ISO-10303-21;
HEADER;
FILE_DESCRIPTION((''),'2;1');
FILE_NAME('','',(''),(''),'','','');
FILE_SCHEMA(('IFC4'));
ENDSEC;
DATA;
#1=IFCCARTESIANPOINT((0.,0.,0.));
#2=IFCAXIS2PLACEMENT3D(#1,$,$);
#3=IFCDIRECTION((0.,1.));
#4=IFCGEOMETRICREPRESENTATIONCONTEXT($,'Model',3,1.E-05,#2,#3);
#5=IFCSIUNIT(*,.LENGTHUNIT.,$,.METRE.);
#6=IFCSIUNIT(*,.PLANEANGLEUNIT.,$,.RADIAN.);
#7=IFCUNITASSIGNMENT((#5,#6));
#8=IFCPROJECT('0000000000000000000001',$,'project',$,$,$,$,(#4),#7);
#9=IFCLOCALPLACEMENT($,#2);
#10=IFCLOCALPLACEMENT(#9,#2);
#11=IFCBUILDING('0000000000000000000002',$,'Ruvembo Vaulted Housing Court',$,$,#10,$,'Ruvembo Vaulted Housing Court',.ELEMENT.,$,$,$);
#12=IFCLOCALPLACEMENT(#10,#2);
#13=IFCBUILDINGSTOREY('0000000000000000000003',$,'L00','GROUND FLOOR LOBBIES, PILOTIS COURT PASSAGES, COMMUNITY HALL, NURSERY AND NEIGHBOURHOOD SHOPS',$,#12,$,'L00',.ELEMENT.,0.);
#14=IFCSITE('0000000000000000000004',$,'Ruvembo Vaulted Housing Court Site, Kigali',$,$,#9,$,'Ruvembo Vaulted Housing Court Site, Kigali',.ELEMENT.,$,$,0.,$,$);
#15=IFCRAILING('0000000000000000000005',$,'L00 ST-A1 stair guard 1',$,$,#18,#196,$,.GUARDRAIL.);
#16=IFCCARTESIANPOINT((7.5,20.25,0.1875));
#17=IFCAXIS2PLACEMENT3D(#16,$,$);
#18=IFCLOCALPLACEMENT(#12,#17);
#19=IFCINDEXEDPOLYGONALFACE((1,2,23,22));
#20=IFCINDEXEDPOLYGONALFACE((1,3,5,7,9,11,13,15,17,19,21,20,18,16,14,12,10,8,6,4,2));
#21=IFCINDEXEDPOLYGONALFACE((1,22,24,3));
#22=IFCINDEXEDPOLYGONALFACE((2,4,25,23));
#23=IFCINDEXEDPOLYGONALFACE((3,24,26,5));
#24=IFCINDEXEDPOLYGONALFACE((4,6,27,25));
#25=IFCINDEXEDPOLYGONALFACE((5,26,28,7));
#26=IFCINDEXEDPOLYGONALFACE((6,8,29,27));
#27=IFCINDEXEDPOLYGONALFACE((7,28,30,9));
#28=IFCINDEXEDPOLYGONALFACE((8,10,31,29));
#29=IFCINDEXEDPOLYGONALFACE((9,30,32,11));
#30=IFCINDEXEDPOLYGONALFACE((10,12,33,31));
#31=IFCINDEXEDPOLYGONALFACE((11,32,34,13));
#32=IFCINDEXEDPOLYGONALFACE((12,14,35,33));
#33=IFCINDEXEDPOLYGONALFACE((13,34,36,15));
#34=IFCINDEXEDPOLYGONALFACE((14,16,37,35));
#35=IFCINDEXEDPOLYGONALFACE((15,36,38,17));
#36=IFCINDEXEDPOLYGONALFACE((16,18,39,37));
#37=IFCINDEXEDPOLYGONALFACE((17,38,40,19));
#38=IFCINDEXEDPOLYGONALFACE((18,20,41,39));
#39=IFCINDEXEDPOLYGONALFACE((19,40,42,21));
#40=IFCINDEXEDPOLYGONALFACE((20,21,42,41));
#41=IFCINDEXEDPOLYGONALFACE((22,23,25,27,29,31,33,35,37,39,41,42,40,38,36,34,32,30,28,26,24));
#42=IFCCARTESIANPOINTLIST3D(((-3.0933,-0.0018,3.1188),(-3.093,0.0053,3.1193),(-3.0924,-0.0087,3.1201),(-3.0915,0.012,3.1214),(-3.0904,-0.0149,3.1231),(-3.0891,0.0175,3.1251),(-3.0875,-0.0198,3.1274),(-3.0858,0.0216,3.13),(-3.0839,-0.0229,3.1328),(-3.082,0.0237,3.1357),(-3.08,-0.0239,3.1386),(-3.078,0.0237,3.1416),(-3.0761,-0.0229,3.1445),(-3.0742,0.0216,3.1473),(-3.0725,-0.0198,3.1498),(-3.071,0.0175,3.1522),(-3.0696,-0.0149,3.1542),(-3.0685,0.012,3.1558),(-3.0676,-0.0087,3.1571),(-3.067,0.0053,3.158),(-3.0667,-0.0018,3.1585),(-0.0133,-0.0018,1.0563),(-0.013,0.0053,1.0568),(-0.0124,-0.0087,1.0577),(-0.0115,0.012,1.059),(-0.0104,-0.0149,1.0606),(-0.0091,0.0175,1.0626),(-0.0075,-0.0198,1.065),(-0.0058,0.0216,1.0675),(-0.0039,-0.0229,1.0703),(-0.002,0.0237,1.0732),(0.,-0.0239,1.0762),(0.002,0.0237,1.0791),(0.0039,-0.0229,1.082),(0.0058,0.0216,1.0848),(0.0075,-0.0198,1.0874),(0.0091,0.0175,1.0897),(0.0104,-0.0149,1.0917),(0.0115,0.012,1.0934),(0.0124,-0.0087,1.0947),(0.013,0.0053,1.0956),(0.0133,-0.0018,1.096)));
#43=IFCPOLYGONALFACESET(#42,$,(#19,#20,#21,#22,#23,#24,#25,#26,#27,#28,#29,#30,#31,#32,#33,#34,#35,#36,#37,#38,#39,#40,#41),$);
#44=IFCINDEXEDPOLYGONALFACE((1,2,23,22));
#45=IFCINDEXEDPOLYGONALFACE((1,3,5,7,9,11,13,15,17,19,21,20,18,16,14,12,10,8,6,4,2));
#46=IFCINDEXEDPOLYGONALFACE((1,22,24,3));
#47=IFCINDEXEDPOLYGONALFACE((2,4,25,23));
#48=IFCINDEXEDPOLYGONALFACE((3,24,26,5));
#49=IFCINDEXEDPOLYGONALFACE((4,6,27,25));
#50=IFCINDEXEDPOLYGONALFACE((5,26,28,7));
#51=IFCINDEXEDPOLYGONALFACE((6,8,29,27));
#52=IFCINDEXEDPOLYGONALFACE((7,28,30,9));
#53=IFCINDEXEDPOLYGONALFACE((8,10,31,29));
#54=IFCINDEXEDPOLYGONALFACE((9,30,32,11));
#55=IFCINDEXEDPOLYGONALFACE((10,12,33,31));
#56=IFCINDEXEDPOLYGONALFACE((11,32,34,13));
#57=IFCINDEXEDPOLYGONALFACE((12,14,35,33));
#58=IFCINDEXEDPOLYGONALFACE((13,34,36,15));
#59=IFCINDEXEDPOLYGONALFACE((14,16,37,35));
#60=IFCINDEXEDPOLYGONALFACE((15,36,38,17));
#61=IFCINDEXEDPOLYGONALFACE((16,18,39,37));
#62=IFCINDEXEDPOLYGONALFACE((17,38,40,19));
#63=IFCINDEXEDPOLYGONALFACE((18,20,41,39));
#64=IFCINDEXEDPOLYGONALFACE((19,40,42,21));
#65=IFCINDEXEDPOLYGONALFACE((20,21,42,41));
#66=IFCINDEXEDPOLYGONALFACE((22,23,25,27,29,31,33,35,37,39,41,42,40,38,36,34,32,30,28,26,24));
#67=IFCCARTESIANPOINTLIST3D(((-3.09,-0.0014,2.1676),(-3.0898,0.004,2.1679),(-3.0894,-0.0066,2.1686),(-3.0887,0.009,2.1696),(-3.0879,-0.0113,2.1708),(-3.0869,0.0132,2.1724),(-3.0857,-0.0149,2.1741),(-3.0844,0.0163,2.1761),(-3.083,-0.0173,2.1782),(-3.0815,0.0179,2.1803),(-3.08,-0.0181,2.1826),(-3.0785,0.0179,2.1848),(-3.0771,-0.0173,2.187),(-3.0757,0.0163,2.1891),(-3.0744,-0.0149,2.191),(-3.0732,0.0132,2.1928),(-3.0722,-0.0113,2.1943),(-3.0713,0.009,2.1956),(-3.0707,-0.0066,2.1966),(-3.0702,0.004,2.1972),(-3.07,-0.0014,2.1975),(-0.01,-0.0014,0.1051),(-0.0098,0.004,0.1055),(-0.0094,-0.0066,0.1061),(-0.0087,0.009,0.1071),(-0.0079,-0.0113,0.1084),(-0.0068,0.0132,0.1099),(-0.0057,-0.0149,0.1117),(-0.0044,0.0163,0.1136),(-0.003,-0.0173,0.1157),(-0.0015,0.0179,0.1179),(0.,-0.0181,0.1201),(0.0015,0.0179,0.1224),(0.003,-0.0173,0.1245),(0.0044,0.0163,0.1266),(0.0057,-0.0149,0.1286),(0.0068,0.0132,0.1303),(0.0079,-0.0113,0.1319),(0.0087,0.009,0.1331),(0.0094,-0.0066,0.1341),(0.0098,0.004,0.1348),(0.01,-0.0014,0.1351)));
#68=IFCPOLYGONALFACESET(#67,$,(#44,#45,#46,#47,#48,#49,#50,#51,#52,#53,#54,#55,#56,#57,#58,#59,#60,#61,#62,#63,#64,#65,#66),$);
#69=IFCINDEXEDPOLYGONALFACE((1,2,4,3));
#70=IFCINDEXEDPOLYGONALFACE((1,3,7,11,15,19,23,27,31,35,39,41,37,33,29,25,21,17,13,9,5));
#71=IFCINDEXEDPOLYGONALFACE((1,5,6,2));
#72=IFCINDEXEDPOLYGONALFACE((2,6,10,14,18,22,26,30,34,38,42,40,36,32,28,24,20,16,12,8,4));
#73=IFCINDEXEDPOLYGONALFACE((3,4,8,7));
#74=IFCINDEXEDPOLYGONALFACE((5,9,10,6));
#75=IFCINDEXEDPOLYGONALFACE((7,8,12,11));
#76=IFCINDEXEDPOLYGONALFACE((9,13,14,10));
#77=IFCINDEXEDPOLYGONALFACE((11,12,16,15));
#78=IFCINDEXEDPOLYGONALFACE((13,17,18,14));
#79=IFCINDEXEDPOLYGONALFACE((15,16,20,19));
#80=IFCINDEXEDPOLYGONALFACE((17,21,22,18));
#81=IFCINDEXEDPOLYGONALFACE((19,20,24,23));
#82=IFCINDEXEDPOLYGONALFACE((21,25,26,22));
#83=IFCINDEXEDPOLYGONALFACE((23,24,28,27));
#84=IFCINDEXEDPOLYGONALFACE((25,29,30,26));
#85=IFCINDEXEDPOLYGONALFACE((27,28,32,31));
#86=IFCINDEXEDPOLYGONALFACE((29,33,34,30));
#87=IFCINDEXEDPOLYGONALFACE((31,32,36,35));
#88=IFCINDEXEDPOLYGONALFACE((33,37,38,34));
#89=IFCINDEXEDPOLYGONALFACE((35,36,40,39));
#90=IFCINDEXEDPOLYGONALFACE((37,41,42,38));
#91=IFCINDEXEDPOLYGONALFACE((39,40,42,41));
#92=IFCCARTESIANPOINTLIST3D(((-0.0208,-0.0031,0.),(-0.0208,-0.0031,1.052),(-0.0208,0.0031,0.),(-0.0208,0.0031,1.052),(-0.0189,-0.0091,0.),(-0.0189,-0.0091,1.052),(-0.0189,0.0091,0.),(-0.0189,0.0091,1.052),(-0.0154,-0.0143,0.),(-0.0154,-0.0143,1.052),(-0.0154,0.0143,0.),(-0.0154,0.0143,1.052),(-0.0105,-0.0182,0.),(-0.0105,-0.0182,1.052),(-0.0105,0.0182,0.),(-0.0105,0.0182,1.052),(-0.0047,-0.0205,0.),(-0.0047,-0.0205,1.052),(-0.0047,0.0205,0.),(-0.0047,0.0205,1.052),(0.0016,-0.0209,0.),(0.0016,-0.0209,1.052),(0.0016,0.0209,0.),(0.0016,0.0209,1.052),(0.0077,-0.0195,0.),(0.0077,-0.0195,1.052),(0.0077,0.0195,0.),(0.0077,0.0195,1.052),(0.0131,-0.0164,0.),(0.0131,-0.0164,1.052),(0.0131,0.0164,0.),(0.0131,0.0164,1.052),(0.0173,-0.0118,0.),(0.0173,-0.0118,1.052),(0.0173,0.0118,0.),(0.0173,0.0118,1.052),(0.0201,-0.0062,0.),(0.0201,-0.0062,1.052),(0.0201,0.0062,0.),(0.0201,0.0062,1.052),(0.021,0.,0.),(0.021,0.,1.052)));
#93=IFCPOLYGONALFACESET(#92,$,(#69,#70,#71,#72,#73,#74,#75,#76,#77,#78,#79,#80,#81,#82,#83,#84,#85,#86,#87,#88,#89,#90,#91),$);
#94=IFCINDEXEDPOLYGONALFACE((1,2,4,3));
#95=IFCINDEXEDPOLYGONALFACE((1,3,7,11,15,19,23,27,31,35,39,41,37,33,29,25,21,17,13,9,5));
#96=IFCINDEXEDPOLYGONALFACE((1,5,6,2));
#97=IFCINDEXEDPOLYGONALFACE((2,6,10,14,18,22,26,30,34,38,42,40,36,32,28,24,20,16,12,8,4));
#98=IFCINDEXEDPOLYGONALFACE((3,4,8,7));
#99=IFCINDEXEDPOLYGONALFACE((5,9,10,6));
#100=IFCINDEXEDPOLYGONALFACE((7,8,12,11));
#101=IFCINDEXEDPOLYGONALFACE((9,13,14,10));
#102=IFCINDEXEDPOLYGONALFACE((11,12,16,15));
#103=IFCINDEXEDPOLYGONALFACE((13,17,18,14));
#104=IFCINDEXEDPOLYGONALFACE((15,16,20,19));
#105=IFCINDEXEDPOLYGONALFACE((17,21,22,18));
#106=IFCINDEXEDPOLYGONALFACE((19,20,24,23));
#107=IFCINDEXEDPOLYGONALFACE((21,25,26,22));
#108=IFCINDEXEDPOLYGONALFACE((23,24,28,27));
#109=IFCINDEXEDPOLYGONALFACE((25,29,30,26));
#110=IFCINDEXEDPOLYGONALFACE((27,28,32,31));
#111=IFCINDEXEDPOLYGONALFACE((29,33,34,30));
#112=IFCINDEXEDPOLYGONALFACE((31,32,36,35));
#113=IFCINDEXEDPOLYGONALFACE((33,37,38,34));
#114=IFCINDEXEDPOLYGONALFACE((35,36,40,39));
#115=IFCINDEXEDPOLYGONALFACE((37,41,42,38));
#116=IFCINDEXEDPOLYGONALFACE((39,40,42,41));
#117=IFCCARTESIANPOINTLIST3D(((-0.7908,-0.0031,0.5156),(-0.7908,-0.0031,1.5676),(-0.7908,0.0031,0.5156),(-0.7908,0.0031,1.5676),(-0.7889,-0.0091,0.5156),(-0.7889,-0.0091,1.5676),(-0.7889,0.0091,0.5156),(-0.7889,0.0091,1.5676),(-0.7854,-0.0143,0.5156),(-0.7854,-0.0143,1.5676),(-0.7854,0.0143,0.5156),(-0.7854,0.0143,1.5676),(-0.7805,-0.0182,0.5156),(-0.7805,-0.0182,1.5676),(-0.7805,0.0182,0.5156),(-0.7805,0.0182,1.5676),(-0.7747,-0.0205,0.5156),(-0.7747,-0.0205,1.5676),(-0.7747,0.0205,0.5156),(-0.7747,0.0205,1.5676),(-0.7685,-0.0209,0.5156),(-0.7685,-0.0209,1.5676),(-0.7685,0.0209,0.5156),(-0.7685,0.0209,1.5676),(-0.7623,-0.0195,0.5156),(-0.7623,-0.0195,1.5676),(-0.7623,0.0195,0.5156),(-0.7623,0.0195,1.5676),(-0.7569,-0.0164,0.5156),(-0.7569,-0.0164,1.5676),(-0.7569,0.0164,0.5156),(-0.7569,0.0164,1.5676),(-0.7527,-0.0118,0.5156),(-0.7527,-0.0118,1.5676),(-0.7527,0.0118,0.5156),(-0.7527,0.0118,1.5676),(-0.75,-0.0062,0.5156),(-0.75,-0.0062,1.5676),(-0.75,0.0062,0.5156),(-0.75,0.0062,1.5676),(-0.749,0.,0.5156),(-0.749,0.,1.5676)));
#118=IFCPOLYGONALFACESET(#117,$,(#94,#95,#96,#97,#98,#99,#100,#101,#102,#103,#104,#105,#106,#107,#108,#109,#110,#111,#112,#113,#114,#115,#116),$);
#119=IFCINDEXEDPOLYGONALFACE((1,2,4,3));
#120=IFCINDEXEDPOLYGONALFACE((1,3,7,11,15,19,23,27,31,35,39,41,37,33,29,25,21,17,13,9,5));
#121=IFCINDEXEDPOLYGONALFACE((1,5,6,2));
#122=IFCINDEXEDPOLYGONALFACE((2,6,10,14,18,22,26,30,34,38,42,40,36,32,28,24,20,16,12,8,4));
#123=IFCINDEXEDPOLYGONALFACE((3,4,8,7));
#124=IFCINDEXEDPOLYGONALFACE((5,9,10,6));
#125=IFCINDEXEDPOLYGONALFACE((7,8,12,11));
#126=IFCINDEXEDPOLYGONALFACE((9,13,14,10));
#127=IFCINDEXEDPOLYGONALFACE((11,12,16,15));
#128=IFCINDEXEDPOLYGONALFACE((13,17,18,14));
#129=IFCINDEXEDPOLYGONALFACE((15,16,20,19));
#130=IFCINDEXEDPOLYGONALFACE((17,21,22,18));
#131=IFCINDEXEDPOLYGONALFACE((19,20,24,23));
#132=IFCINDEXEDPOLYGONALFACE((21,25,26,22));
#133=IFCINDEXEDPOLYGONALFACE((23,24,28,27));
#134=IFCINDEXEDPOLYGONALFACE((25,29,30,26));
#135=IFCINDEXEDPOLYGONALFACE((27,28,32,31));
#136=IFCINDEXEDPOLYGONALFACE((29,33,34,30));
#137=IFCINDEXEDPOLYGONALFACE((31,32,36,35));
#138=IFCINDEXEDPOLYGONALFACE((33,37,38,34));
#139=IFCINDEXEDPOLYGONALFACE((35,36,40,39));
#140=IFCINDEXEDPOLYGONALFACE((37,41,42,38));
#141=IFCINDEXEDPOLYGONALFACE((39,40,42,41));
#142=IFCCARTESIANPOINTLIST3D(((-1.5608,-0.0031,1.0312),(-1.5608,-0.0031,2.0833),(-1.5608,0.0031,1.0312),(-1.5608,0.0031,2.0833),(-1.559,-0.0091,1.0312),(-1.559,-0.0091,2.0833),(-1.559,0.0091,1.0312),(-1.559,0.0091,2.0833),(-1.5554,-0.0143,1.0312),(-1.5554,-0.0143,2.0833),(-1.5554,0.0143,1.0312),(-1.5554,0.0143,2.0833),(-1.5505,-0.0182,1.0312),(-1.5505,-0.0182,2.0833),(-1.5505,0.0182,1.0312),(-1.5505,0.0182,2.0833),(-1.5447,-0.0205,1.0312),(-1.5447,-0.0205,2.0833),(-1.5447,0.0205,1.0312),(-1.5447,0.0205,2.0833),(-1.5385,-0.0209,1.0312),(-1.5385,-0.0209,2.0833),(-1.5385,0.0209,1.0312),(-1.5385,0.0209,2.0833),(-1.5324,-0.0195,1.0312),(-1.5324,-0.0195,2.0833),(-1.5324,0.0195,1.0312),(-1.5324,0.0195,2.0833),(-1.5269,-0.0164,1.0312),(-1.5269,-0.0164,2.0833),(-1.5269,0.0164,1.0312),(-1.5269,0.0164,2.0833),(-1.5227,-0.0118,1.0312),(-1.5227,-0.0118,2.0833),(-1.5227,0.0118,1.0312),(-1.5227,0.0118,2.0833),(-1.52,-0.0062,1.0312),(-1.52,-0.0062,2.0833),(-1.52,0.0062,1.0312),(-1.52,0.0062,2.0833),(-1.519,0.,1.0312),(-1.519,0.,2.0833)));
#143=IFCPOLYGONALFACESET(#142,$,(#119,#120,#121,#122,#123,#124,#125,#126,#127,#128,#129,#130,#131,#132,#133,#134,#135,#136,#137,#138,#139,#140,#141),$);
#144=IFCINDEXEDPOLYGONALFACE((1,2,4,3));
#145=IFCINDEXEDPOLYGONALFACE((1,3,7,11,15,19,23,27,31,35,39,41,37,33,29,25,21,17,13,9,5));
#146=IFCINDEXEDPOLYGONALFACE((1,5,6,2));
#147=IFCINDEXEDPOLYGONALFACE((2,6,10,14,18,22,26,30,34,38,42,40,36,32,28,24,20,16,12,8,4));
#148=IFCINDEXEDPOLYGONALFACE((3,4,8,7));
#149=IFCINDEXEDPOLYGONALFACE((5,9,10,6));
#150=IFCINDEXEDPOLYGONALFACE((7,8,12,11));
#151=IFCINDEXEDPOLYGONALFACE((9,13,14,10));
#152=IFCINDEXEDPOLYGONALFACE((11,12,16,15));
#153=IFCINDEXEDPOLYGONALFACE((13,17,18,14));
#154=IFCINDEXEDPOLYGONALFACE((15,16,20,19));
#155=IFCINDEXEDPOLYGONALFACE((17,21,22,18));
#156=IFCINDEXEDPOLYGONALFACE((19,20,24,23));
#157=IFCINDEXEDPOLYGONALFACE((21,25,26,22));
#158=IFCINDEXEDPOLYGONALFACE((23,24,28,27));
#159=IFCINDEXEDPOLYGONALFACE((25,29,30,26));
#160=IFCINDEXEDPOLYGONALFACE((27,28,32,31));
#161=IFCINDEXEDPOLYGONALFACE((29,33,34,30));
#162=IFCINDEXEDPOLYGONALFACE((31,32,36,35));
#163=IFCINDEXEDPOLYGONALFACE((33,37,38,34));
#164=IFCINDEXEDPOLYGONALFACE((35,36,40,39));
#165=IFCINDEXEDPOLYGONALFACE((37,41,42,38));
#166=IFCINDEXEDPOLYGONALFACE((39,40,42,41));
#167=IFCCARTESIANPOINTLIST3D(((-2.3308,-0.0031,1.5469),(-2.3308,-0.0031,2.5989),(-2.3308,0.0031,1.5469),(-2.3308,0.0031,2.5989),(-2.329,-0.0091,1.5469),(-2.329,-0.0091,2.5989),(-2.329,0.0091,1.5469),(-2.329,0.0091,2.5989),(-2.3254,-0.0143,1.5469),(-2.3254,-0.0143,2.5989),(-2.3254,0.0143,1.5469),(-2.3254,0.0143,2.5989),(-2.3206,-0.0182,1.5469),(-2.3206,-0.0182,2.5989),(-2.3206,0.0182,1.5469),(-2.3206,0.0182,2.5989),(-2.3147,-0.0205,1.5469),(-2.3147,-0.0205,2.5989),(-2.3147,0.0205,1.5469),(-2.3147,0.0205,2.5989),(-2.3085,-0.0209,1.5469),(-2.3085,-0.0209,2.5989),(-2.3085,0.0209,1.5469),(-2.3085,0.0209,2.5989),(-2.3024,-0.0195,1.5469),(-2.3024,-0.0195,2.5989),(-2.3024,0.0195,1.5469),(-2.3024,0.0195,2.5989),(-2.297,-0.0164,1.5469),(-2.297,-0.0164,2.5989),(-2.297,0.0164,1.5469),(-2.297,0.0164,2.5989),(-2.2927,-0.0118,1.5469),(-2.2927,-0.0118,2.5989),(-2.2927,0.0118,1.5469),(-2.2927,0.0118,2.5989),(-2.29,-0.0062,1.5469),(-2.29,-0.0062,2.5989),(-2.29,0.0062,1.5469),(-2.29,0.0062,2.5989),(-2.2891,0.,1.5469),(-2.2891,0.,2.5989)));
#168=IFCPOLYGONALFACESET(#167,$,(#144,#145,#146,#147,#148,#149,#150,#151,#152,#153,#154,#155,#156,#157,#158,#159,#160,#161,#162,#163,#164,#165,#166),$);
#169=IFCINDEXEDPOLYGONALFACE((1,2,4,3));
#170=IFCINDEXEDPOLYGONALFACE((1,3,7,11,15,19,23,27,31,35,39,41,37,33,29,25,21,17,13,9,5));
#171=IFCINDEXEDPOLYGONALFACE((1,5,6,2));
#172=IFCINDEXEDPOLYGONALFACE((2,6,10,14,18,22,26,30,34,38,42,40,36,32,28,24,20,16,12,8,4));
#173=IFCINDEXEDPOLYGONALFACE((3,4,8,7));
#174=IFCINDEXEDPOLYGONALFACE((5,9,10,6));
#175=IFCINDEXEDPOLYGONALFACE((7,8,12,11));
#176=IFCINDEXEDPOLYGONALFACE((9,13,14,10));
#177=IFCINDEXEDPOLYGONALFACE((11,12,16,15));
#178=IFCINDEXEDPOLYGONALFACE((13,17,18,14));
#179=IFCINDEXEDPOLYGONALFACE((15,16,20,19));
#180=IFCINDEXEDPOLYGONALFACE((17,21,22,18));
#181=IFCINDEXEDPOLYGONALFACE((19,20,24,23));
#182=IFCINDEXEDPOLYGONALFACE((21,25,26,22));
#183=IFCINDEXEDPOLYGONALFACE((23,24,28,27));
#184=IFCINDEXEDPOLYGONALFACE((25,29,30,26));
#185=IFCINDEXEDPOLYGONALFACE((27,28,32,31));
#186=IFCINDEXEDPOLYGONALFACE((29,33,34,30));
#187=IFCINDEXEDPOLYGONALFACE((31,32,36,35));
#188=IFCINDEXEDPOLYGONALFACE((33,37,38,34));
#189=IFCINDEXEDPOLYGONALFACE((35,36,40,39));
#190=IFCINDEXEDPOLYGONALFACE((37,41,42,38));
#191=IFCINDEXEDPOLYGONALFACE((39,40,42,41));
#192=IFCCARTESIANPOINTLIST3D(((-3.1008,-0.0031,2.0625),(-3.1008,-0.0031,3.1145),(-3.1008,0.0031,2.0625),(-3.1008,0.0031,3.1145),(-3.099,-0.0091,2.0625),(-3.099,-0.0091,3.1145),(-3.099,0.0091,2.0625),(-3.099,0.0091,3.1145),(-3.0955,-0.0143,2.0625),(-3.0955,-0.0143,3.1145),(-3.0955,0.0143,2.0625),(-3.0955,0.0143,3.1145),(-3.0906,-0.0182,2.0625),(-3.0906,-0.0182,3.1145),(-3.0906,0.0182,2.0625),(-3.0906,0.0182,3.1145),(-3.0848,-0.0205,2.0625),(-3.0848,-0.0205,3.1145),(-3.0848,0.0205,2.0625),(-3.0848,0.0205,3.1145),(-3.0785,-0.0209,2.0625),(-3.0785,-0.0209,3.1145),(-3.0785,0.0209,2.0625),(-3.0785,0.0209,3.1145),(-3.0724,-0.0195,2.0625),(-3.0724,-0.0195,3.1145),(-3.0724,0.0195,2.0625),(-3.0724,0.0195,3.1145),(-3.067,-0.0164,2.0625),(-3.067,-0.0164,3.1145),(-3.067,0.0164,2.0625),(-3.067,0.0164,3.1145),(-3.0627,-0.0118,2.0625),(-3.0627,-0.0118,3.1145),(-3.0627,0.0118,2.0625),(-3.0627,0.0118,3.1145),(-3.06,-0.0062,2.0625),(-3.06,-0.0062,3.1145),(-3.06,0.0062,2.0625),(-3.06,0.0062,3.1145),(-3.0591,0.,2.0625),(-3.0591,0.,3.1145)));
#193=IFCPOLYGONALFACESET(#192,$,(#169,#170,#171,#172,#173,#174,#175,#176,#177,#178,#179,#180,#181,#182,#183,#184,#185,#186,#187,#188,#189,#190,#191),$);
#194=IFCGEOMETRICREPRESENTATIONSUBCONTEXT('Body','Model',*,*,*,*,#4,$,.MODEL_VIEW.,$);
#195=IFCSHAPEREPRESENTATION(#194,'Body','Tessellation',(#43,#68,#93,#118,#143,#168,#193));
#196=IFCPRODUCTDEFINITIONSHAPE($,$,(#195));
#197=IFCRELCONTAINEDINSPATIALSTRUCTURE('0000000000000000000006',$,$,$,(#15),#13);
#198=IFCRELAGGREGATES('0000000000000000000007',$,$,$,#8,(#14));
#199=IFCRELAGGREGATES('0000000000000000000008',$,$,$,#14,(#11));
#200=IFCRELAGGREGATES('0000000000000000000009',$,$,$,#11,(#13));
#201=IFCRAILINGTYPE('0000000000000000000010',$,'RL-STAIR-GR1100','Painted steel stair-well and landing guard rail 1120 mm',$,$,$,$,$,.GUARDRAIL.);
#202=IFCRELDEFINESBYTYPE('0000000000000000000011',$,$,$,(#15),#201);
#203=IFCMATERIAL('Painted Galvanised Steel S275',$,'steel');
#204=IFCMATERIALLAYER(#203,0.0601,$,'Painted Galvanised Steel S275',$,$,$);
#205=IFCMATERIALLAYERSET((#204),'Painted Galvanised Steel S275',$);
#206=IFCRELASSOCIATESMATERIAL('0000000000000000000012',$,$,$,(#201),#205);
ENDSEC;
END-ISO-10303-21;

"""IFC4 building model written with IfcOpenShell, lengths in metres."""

from ifc_helpers import new_model, si_unit, direction, frame, origin, origin_2d, place, context, subcontext, project, spatial, circle, extrude, material, layer, layer_set, type_object, element, save


model = new_model("IFC4")

# Units and contexts
model_context = context("Model", 3, precision=1e-05, world=origin(), true_north=direction((0.0, 1.0)))
body_context = subcontext(model_context, "Body", "Model", "MODEL_VIEW")
ifc_project = project(units=[si_unit("LENGTHUNIT", "METRE"), si_unit("PLANEANGLEUNIT", "RADIAN")], contexts=[model_context])

# Site, building, storey
site_placement = place(None, origin())
site = spatial("IfcSite", under=ifc_project, at=site_placement, Name="Ruvembo Vaulted Housing Court Site, Kigali", LongName="Ruvembo Vaulted Housing Court Site, Kigali", CompositionType="ELEMENT", RefElevation=0.0)
building_placement = place(site_placement, origin())
building = spatial("IfcBuilding", under=site, at=building_placement, Name="Ruvembo Vaulted Housing Court", LongName="Ruvembo Vaulted Housing Court", CompositionType="ELEMENT")
storey_placement = place(building_placement, origin())
storey = spatial("IfcBuildingStorey", under=building, at=storey_placement, Name="L00", Description="GROUND FLOOR LOBBIES, PILOTIS COURT PASSAGES, COMMUNITY HALL, NURSERY AND NEIGHBOURHOOD SHOPS", LongName="L00", CompositionType="ELEMENT", Elevation=0.0)

# Railing
ifc_material_1 = material(Name="Painted Galvanised Steel S275", Category="steel")
ifc_layer_1 = layer(ifc_material_1, 0.0601, Name="Painted Galvanised Steel S275")
ifc_layer_set_1 = layer_set([ifc_layer_1], Name="Painted Galvanised Steel S275")
railing_type_1 = type_object("IfcRailingType", Name="RL-STAIR-GR1100", Description="Painted steel stair-well and landing guard rail 1120 mm", PredefinedType="GUARDRAIL", material=ifc_layer_set_1)
railing_1_placement = place(storey_placement, frame((7.5, 20.25, 0.1875)))
element("IfcRailing", 1, at=railing_1_placement, inside=storey, type_object=railing_type_1, Name="L00 ST-A1 stair guard 1", PredefinedType="GUARDRAIL", context=body_context, shape_type="SweptSolid", body=[
    extrude(circle(Radius=0.0239, at=origin_2d()), frame((0.0, 0.0, 1.0762), z_axis=(-0.830914, 0.0, 0.556401), x_axis=(0.0, -1.0, 0.0)), (0.0, 0.0, 1.0), 3.7068),
    extrude(circle(Radius=0.0181, at=origin_2d()), frame((0.0, 0.0, 0.1201), z_axis=(-0.830914, 0.0, 0.556401), x_axis=(0.0, -1.0, 0.0)), (0.0, 0.0, 1.0), 3.7068),
    extrude(circle(Radius=0.021, at=origin_2d()), origin(), (0.0, 0.0, 1.0), 1.052),
    extrude(circle(Radius=0.021, at=origin_2d()), frame((-0.77, 0.0, 0.5156)), (0.0, 0.0, 1.0), 1.052),
    extrude(circle(Radius=0.021, at=origin_2d()), frame((-1.54, 0.0, 1.0312)), (0.0, 0.0, 1.0), 1.052),
    extrude(circle(Radius=0.021, at=origin_2d()), frame((-2.3101, 0.0, 1.5469)), (0.0, 0.0, 1.0), 1.052),
    extrude(circle(Radius=0.021, at=origin_2d()), frame((-3.0801, 0.0, 2.0625)), (0.0, 0.0, 1.0), 1.052),
])

save(model, "model.ifc")
